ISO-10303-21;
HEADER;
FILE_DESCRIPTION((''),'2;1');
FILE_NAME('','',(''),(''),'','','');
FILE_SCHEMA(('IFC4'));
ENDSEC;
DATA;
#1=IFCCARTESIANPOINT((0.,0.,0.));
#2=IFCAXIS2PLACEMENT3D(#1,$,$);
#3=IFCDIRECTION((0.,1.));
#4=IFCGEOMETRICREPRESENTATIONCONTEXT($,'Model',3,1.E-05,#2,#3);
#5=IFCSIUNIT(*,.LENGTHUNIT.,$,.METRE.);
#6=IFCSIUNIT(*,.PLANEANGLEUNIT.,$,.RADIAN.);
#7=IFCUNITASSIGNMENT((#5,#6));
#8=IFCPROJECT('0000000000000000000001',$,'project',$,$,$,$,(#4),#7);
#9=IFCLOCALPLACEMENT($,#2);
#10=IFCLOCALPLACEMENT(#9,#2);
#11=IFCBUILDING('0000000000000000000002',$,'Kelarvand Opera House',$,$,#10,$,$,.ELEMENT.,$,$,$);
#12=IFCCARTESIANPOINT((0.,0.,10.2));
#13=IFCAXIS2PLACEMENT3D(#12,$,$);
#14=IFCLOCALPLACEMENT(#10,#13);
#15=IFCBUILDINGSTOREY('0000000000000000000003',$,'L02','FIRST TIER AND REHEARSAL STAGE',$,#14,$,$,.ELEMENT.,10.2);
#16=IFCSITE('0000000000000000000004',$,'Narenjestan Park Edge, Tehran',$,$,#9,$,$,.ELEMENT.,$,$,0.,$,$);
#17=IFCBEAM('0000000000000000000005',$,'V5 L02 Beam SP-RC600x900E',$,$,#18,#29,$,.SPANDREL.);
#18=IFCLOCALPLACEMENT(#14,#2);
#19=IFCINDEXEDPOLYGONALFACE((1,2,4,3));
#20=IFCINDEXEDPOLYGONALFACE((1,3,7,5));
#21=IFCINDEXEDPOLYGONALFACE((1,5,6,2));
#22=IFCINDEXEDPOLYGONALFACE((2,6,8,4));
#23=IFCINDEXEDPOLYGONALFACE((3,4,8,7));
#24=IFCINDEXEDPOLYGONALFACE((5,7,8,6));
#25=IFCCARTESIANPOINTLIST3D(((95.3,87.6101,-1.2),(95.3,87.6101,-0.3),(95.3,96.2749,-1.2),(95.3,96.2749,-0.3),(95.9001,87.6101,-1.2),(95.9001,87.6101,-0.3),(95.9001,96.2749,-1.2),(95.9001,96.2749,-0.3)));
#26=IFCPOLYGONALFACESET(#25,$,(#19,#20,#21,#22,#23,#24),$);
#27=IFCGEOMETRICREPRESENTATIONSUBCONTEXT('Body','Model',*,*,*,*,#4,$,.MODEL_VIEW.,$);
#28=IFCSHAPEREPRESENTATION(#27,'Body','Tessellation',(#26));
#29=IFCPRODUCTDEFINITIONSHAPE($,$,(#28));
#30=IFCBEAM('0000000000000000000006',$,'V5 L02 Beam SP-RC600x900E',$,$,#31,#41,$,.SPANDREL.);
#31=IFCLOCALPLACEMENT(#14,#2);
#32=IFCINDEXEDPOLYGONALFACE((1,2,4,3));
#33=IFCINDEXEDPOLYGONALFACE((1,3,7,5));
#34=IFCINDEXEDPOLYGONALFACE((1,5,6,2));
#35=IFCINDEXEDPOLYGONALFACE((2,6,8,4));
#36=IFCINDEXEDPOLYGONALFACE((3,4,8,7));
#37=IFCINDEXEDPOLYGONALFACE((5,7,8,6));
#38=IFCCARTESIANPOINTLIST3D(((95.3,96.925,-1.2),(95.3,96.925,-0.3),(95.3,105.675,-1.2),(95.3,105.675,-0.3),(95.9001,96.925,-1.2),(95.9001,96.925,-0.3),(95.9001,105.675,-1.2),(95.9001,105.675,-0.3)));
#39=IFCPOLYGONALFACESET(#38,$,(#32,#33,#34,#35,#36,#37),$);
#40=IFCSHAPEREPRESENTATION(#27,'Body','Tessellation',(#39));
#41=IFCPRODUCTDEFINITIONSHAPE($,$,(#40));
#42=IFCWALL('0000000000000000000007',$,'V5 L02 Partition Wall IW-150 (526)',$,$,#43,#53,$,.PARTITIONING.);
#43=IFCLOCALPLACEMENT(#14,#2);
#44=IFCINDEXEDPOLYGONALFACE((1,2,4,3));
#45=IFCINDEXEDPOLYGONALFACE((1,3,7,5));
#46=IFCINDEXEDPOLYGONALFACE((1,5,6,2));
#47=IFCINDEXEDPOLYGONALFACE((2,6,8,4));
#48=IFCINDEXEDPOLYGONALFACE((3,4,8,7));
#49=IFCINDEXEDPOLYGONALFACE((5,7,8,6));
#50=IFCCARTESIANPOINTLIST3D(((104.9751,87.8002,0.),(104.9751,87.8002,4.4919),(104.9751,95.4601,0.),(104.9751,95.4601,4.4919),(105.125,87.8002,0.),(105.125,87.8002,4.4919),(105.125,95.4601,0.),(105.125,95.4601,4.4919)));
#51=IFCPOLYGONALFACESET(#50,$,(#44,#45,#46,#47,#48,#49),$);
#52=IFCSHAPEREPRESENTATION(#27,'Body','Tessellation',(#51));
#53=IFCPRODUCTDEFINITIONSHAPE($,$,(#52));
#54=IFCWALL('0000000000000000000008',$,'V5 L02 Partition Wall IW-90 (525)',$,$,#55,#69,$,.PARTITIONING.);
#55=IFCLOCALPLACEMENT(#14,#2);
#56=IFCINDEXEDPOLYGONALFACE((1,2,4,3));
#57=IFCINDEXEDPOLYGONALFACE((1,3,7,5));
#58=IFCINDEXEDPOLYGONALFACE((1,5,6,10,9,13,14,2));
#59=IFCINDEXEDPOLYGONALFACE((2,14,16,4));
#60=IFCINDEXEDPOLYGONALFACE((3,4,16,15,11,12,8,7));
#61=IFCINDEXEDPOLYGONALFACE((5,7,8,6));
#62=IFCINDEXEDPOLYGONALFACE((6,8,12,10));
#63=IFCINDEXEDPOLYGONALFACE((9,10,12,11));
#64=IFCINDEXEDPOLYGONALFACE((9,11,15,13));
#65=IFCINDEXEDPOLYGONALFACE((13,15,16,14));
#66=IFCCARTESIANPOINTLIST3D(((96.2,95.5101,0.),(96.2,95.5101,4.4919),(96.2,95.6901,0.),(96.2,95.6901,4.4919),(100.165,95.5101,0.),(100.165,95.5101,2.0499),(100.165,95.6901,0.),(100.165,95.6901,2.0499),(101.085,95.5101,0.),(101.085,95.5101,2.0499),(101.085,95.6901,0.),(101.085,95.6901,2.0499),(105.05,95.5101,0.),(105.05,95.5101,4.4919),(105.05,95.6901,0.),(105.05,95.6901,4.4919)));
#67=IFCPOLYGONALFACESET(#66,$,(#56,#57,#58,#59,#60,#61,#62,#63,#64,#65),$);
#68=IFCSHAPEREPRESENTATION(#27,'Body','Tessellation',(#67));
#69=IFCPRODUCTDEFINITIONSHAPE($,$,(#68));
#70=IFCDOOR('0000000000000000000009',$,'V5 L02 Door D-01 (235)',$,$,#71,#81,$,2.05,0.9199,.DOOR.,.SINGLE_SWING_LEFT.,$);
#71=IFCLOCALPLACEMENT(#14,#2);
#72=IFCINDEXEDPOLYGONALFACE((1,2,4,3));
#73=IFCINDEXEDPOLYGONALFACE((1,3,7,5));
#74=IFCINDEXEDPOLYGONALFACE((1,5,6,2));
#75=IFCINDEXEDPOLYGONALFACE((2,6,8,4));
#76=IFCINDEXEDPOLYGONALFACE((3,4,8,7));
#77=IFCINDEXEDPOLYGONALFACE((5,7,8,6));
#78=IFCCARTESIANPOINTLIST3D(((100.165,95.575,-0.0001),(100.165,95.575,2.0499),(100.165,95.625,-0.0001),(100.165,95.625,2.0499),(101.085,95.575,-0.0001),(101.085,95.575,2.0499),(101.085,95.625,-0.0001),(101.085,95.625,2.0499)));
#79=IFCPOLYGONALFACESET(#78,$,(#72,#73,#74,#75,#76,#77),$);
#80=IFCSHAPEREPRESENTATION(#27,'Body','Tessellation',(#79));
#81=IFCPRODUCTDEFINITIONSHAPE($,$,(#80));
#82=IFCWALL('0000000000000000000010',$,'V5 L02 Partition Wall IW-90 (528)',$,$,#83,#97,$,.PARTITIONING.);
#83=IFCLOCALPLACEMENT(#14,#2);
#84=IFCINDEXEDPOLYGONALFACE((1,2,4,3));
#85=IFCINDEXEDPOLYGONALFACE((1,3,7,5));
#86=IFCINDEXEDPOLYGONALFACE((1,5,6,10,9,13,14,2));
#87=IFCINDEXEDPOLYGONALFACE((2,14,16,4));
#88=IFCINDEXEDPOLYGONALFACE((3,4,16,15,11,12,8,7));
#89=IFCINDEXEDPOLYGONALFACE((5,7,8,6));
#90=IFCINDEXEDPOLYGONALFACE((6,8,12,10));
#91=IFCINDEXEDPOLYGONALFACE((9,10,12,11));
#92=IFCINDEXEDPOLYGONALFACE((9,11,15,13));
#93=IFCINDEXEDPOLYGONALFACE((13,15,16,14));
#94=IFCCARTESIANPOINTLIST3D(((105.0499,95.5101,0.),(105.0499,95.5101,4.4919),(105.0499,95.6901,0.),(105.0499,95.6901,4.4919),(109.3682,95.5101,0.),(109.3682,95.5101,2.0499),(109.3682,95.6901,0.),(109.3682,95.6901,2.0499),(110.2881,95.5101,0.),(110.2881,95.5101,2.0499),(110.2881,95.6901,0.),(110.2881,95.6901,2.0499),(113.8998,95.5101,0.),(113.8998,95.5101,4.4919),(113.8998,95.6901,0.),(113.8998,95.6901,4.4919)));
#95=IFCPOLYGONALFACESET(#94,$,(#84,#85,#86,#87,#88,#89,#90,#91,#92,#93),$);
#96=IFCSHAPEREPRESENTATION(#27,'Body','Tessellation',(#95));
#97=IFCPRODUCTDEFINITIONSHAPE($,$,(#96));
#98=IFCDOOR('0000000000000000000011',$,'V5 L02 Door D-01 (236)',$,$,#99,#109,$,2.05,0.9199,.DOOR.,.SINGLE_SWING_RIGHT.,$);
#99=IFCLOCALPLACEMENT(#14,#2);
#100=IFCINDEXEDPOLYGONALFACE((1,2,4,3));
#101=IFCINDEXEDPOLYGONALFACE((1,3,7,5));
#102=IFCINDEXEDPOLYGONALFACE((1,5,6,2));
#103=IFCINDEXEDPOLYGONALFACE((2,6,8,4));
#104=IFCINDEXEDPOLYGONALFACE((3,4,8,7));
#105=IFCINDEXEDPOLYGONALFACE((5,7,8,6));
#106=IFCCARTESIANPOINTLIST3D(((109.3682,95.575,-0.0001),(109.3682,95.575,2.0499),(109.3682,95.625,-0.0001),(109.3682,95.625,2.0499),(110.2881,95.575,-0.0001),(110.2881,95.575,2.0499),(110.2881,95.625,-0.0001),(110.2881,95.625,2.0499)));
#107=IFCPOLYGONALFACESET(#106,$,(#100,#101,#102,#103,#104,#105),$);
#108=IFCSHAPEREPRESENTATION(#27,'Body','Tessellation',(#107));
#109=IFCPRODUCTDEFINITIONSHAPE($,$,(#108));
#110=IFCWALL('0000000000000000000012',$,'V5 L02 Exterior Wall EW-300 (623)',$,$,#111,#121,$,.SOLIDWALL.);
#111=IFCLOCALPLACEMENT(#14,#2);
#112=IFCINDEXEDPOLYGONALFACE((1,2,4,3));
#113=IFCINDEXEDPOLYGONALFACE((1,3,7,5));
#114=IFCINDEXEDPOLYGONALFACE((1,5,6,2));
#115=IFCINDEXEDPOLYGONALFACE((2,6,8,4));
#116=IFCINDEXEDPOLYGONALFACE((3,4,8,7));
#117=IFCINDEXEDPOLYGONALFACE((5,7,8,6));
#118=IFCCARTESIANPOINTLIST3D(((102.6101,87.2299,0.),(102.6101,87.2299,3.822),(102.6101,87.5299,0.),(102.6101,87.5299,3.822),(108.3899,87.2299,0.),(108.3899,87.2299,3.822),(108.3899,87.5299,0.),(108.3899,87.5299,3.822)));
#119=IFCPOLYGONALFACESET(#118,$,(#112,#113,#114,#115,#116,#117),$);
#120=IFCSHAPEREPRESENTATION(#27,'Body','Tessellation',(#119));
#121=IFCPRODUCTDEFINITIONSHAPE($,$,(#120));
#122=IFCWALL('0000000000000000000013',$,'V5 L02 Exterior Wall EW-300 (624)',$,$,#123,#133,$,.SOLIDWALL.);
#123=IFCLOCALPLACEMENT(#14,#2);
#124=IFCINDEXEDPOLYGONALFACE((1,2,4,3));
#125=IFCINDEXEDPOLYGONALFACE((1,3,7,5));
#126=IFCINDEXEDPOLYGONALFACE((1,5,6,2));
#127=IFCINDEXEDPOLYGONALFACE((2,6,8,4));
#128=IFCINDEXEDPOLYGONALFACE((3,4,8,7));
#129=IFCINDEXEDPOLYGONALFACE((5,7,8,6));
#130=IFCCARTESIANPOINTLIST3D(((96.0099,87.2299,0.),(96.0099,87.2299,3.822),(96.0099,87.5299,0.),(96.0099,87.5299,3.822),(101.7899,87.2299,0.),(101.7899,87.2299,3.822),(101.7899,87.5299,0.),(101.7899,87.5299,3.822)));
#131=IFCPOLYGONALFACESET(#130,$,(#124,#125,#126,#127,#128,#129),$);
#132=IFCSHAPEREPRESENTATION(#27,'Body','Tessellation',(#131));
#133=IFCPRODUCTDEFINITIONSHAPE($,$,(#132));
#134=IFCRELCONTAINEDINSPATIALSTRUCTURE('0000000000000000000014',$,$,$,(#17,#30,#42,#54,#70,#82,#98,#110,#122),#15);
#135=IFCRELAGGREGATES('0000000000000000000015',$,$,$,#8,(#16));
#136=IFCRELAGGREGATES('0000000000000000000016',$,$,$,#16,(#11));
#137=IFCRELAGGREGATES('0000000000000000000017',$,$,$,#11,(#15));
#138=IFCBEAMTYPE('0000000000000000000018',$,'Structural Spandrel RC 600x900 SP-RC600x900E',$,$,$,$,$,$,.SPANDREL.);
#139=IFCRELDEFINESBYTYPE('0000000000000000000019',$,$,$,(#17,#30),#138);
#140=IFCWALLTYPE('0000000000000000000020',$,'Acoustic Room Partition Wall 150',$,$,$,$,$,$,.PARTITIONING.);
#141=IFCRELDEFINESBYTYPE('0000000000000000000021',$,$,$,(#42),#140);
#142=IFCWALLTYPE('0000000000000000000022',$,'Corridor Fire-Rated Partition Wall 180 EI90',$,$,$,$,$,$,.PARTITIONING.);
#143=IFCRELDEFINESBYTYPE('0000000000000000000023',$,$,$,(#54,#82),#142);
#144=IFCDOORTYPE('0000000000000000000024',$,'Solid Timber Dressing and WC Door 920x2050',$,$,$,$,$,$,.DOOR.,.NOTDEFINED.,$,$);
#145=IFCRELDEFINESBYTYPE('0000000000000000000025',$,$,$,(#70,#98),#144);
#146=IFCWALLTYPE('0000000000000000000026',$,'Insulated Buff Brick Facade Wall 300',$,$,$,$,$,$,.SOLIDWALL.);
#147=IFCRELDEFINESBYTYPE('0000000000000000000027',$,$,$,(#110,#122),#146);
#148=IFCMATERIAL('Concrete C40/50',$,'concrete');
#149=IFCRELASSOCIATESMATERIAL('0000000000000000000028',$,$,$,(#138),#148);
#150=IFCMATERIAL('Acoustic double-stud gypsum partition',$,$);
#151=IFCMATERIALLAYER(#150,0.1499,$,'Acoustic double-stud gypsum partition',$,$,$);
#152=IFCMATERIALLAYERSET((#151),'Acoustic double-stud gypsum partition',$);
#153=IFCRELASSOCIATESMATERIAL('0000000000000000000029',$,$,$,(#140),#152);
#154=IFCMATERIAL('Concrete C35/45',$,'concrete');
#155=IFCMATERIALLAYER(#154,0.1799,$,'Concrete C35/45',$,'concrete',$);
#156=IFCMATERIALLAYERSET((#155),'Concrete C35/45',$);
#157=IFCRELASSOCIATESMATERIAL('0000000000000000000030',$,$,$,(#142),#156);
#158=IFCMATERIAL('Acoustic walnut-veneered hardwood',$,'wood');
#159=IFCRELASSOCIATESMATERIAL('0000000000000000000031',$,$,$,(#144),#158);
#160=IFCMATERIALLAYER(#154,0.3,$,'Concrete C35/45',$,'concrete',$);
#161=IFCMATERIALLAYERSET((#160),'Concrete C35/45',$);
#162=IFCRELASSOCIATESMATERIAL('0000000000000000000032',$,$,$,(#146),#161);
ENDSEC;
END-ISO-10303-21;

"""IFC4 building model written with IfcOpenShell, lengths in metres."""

from ifc_helpers import new_model, si_unit, direction, frame, frame_2d, origin, origin_2d, place, context, subcontext, project, spatial, rectangle, extrude, material, layer, layer_set, material_profile, profile_set, type_object, element, fill, save


model = new_model("IFC4")

# Units and contexts
model_context = context("Model", 3, precision=1e-05, world=origin(), true_north=direction((0.0, 1.0)))
body_context = subcontext(model_context, "Body", "Model", "MODEL_VIEW")
ifc_project = project(units=[si_unit("LENGTHUNIT", "METRE"), si_unit("PLANEANGLEUNIT", "RADIAN")], contexts=[model_context])

# Site, building, storey
site_placement = place(None, origin())
site = spatial("IfcSite", under=ifc_project, at=site_placement, Name="Narenjestan Park Edge, Tehran", CompositionType="ELEMENT", RefElevation=0.0)
building_placement = place(site_placement, origin())
building = spatial("IfcBuilding", under=site, at=building_placement, Name="Kelarvand Opera House", CompositionType="ELEMENT")
storey_placement = place(building_placement, frame((0.0, 0.0, 10.2)))
storey = spatial("IfcBuildingStorey", under=building, at=storey_placement, Name="L02", Description="FIRST TIER AND REHEARSAL STAGE", CompositionType="ELEMENT", Elevation=10.2)

# Shared definitions
ifc_material_1 = material(Name="Concrete C40/50", Category="concrete")

# Beams
ifc_material_profile_1 = material_profile(ifc_material_1, rectangle(XDim=0.6001, YDim=0.8999, at=origin_2d()), Name="RC 600x900", Category="concrete")
ifc_profile_set_1 = profile_set([ifc_material_profile_1], Name="Concrete C40/50")
beam_type_1 = type_object("IfcBeamType", Name="Structural Spandrel RC 600x900 SP-RC600x900E", PredefinedType="SPANDREL", material=ifc_profile_set_1)
beam_1_placement = place(storey_placement, frame((95.6001, 87.6101, -0.75), z_axis=(0.0, 1.0, 0.0), x_axis=(-1.0, 0.0, 0.0)))
element("IfcBeam", 1, at=beam_1_placement, inside=storey, type_object=beam_type_1, Name="V5 L02 Beam SP-RC600x900E", PredefinedType="SPANDREL", context=body_context, shape_type="SweptSolid", body=[
    extrude(rectangle(XDim=0.6001, YDim=0.8999, at=origin_2d()), origin(), (0.0, 0.0, 1.0), 8.6648),
])
beam_2_placement = place(storey_placement, frame((95.6001, 96.925, -0.75), z_axis=(0.0, 1.0, 0.0), x_axis=(-1.0, 0.0, 0.0)))
element("IfcBeam", 2, at=beam_2_placement, inside=storey, type_object=beam_type_1, Name="V5 L02 Beam SP-RC600x900E", PredefinedType="SPANDREL", context=body_context, shape_type="SweptSolid", body=[
    extrude(rectangle(XDim=0.6001, YDim=0.8999, at=origin_2d()), origin(), (0.0, 0.0, 1.0), 8.75),
])

# Wall
ifc_material_2 = material(Name="Acoustic double-stud gypsum partition")
ifc_layer_1 = layer(ifc_material_2, 0.1499, Name="Acoustic double-stud gypsum partition")
ifc_layer_set_1 = layer_set([ifc_layer_1], Name="Acoustic double-stud gypsum partition")
wall_type_1 = type_object("IfcWallType", Name="Acoustic Room Partition Wall 150", PredefinedType="PARTITIONING", material=ifc_layer_set_1)
wall_1_placement = place(storey_placement, frame((105.05, 87.8, 0.0), z_axis=(0.0, 0.0, 1.0), x_axis=(0.0, 1.0, 0.0)))
element("IfcWall", 3, at=wall_1_placement, inside=storey, type_object=wall_type_1, Name="V5 L02 Partition Wall IW-150 (526)", PredefinedType="PARTITIONING", context=body_context, shape_type="SweptSolid", body=[
    extrude(rectangle(XDim=7.6599, YDim=0.1499, at=frame_2d((3.8301, 0.0))), origin(), (0.0, 0.0, 1.0), 4.4919),
])

# Walls, openings, doors
ifc_material_3 = material(Name="Concrete C35/45", Category="concrete")
ifc_layer_2 = layer(ifc_material_3, 0.1799, Name="Concrete C35/45", Category="concrete")
ifc_layer_set_2 = layer_set([ifc_layer_2], Name="Concrete C35/45")
wall_type_2 = type_object("IfcWallType", Name="Corridor Fire-Rated Partition Wall 180 EI90", PredefinedType="PARTITIONING", material=ifc_layer_set_2)
wall_2_placement = place(storey_placement, frame((96.2, 95.6001, 0.0), z_axis=(0.0, 0.0, 1.0), x_axis=(1.0, 0.0, 0.0)))
wall_2 = element("IfcWall", 4, at=wall_2_placement, inside=storey, type_object=wall_type_2, Name="V5 L02 Partition Wall IW-90 (525)", PredefinedType="PARTITIONING", context=body_context, shape_type="SweptSolid", body=[
    extrude(rectangle(XDim=8.8501, YDim=0.1799, at=frame_2d((4.425, 0.0))), origin(), (0.0, 0.0, 1.0), 4.4919),
])
opening_1_placement = place(wall_2_placement, frame((3.9651, 0.0, 0.0)))
opening_1 = element("IfcOpeningElement", 5, at=opening_1_placement, cuts=wall_2, PredefinedType="OPENING", context=body_context, shape_type="SweptSolid", body=[
    extrude(rectangle(XDim=0.9199, YDim=2.05, at=frame_2d((0.46, 1.0249))), frame((0.0, 0.1001, 0.0), z_axis=(0.0, -1.0, 0.0), x_axis=(1.0, 0.0, 0.0)), (0.0, 0.0, 1.0), 0.2),
])
ifc_material_4 = material(Name="Acoustic walnut-veneered hardwood", Category="wood")
door_type = type_object("IfcDoorType", Name="Solid Timber Dressing and WC Door 920x2050", OperationType="NOTDEFINED", PredefinedType="DOOR", material=ifc_material_4)
door_1_placement = place(opening_1_placement, origin())
door_1 = element("IfcDoor", 6, at=door_1_placement, inside=storey, type_object=door_type, Name="V5 L02 Door D-01 (235)", OperationType="SINGLE_SWING_LEFT", OverallHeight=2.05, OverallWidth=0.9199, PredefinedType="DOOR", context=body_context, shape_type="SweptSolid", body=[
    extrude(rectangle(XDim=0.9199, YDim=2.05, at=frame_2d((0.46, 1.0249))), frame((0.0, 0.0249, 0.0), z_axis=(0.0, -1.0, 0.0), x_axis=(1.0, 0.0, 0.0)), (0.0, 0.0, 1.0), 0.05),
])
fill(opening_1, door_1)
wall_3_placement = place(storey_placement, frame((105.05, 95.6001, 0.0), z_axis=(0.0, 0.0, 1.0), x_axis=(1.0, 0.0, 0.0)))
wall_3 = element("IfcWall", 7, at=wall_3_placement, inside=storey, type_object=wall_type_2, Name="V5 L02 Partition Wall IW-90 (528)", PredefinedType="PARTITIONING", context=body_context, shape_type="SweptSolid", body=[
    extrude(rectangle(XDim=8.8499, YDim=0.1799, at=frame_2d((4.4248, 0.0))), origin(), (0.0, 0.0, 1.0), 4.4919),
])
opening_2_placement = place(wall_3_placement, frame((4.3181, 0.0, 0.0)))
opening_2 = element("IfcOpeningElement", 8, at=opening_2_placement, cuts=wall_3, PredefinedType="OPENING", context=body_context, shape_type="SweptSolid", body=[
    extrude(rectangle(XDim=0.9199, YDim=2.05, at=frame_2d((0.46, 1.0249))), frame((0.0, 0.1001, 0.0), z_axis=(0.0, -1.0, 0.0), x_axis=(1.0, 0.0, 0.0)), (0.0, 0.0, 1.0), 0.2),
])
door_2_placement = place(opening_2_placement, origin())
door_2 = element("IfcDoor", 9, at=door_2_placement, inside=storey, type_object=door_type, Name="V5 L02 Door D-01 (236)", OperationType="SINGLE_SWING_RIGHT", OverallHeight=2.05, OverallWidth=0.9199, PredefinedType="DOOR", context=body_context, shape_type="SweptSolid", body=[
    extrude(rectangle(XDim=0.9199, YDim=2.05, at=frame_2d((0.46, 1.0249))), frame((0.0, 0.0249, 0.0), z_axis=(0.0, -1.0, 0.0), x_axis=(1.0, 0.0, 0.0)), (0.0, 0.0, 1.0), 0.05),
])
fill(opening_2, door_2)

# Walls
ifc_layer_3 = layer(ifc_material_3, 0.3, Name="Concrete C35/45", Category="concrete")
ifc_layer_set_3 = layer_set([ifc_layer_3], Name="Concrete C35/45")
wall_type_3 = type_object("IfcWallType", Name="Insulated Buff Brick Facade Wall 300", PredefinedType="SOLIDWALL", material=ifc_layer_set_3)
wall_4_placement = place(storey_placement, frame((108.3899, 87.3799, 0.0), z_axis=(0.0, 0.0, 1.0), x_axis=(-1.0, 0.0, 0.0)))
element("IfcWall", 10, at=wall_4_placement, inside=storey, type_object=wall_type_3, Name="V5 L02 Exterior Wall EW-300 (623)", PredefinedType="SOLIDWALL", context=body_context, shape_type="SweptSolid", body=[
    extrude(rectangle(XDim=5.7798, YDim=0.3, at=frame_2d((2.8899, 0.0))), origin(), (0.0, 0.0, 1.0), 3.822),
])
wall_5_placement = place(storey_placement, frame((101.79, 87.3799, 0.0), z_axis=(0.0, 0.0, 1.0), x_axis=(-1.0, 0.0, 0.0)))
element("IfcWall", 11, at=wall_5_placement, inside=storey, type_object=wall_type_3, Name="V5 L02 Exterior Wall EW-300 (624)", PredefinedType="SOLIDWALL", context=body_context, shape_type="SweptSolid", body=[
    extrude(rectangle(XDim=5.78, YDim=0.3, at=frame_2d((2.8901, 0.0))), origin(), (0.0, 0.0, 1.0), 3.822),
])

save(model, "model.ifc")
